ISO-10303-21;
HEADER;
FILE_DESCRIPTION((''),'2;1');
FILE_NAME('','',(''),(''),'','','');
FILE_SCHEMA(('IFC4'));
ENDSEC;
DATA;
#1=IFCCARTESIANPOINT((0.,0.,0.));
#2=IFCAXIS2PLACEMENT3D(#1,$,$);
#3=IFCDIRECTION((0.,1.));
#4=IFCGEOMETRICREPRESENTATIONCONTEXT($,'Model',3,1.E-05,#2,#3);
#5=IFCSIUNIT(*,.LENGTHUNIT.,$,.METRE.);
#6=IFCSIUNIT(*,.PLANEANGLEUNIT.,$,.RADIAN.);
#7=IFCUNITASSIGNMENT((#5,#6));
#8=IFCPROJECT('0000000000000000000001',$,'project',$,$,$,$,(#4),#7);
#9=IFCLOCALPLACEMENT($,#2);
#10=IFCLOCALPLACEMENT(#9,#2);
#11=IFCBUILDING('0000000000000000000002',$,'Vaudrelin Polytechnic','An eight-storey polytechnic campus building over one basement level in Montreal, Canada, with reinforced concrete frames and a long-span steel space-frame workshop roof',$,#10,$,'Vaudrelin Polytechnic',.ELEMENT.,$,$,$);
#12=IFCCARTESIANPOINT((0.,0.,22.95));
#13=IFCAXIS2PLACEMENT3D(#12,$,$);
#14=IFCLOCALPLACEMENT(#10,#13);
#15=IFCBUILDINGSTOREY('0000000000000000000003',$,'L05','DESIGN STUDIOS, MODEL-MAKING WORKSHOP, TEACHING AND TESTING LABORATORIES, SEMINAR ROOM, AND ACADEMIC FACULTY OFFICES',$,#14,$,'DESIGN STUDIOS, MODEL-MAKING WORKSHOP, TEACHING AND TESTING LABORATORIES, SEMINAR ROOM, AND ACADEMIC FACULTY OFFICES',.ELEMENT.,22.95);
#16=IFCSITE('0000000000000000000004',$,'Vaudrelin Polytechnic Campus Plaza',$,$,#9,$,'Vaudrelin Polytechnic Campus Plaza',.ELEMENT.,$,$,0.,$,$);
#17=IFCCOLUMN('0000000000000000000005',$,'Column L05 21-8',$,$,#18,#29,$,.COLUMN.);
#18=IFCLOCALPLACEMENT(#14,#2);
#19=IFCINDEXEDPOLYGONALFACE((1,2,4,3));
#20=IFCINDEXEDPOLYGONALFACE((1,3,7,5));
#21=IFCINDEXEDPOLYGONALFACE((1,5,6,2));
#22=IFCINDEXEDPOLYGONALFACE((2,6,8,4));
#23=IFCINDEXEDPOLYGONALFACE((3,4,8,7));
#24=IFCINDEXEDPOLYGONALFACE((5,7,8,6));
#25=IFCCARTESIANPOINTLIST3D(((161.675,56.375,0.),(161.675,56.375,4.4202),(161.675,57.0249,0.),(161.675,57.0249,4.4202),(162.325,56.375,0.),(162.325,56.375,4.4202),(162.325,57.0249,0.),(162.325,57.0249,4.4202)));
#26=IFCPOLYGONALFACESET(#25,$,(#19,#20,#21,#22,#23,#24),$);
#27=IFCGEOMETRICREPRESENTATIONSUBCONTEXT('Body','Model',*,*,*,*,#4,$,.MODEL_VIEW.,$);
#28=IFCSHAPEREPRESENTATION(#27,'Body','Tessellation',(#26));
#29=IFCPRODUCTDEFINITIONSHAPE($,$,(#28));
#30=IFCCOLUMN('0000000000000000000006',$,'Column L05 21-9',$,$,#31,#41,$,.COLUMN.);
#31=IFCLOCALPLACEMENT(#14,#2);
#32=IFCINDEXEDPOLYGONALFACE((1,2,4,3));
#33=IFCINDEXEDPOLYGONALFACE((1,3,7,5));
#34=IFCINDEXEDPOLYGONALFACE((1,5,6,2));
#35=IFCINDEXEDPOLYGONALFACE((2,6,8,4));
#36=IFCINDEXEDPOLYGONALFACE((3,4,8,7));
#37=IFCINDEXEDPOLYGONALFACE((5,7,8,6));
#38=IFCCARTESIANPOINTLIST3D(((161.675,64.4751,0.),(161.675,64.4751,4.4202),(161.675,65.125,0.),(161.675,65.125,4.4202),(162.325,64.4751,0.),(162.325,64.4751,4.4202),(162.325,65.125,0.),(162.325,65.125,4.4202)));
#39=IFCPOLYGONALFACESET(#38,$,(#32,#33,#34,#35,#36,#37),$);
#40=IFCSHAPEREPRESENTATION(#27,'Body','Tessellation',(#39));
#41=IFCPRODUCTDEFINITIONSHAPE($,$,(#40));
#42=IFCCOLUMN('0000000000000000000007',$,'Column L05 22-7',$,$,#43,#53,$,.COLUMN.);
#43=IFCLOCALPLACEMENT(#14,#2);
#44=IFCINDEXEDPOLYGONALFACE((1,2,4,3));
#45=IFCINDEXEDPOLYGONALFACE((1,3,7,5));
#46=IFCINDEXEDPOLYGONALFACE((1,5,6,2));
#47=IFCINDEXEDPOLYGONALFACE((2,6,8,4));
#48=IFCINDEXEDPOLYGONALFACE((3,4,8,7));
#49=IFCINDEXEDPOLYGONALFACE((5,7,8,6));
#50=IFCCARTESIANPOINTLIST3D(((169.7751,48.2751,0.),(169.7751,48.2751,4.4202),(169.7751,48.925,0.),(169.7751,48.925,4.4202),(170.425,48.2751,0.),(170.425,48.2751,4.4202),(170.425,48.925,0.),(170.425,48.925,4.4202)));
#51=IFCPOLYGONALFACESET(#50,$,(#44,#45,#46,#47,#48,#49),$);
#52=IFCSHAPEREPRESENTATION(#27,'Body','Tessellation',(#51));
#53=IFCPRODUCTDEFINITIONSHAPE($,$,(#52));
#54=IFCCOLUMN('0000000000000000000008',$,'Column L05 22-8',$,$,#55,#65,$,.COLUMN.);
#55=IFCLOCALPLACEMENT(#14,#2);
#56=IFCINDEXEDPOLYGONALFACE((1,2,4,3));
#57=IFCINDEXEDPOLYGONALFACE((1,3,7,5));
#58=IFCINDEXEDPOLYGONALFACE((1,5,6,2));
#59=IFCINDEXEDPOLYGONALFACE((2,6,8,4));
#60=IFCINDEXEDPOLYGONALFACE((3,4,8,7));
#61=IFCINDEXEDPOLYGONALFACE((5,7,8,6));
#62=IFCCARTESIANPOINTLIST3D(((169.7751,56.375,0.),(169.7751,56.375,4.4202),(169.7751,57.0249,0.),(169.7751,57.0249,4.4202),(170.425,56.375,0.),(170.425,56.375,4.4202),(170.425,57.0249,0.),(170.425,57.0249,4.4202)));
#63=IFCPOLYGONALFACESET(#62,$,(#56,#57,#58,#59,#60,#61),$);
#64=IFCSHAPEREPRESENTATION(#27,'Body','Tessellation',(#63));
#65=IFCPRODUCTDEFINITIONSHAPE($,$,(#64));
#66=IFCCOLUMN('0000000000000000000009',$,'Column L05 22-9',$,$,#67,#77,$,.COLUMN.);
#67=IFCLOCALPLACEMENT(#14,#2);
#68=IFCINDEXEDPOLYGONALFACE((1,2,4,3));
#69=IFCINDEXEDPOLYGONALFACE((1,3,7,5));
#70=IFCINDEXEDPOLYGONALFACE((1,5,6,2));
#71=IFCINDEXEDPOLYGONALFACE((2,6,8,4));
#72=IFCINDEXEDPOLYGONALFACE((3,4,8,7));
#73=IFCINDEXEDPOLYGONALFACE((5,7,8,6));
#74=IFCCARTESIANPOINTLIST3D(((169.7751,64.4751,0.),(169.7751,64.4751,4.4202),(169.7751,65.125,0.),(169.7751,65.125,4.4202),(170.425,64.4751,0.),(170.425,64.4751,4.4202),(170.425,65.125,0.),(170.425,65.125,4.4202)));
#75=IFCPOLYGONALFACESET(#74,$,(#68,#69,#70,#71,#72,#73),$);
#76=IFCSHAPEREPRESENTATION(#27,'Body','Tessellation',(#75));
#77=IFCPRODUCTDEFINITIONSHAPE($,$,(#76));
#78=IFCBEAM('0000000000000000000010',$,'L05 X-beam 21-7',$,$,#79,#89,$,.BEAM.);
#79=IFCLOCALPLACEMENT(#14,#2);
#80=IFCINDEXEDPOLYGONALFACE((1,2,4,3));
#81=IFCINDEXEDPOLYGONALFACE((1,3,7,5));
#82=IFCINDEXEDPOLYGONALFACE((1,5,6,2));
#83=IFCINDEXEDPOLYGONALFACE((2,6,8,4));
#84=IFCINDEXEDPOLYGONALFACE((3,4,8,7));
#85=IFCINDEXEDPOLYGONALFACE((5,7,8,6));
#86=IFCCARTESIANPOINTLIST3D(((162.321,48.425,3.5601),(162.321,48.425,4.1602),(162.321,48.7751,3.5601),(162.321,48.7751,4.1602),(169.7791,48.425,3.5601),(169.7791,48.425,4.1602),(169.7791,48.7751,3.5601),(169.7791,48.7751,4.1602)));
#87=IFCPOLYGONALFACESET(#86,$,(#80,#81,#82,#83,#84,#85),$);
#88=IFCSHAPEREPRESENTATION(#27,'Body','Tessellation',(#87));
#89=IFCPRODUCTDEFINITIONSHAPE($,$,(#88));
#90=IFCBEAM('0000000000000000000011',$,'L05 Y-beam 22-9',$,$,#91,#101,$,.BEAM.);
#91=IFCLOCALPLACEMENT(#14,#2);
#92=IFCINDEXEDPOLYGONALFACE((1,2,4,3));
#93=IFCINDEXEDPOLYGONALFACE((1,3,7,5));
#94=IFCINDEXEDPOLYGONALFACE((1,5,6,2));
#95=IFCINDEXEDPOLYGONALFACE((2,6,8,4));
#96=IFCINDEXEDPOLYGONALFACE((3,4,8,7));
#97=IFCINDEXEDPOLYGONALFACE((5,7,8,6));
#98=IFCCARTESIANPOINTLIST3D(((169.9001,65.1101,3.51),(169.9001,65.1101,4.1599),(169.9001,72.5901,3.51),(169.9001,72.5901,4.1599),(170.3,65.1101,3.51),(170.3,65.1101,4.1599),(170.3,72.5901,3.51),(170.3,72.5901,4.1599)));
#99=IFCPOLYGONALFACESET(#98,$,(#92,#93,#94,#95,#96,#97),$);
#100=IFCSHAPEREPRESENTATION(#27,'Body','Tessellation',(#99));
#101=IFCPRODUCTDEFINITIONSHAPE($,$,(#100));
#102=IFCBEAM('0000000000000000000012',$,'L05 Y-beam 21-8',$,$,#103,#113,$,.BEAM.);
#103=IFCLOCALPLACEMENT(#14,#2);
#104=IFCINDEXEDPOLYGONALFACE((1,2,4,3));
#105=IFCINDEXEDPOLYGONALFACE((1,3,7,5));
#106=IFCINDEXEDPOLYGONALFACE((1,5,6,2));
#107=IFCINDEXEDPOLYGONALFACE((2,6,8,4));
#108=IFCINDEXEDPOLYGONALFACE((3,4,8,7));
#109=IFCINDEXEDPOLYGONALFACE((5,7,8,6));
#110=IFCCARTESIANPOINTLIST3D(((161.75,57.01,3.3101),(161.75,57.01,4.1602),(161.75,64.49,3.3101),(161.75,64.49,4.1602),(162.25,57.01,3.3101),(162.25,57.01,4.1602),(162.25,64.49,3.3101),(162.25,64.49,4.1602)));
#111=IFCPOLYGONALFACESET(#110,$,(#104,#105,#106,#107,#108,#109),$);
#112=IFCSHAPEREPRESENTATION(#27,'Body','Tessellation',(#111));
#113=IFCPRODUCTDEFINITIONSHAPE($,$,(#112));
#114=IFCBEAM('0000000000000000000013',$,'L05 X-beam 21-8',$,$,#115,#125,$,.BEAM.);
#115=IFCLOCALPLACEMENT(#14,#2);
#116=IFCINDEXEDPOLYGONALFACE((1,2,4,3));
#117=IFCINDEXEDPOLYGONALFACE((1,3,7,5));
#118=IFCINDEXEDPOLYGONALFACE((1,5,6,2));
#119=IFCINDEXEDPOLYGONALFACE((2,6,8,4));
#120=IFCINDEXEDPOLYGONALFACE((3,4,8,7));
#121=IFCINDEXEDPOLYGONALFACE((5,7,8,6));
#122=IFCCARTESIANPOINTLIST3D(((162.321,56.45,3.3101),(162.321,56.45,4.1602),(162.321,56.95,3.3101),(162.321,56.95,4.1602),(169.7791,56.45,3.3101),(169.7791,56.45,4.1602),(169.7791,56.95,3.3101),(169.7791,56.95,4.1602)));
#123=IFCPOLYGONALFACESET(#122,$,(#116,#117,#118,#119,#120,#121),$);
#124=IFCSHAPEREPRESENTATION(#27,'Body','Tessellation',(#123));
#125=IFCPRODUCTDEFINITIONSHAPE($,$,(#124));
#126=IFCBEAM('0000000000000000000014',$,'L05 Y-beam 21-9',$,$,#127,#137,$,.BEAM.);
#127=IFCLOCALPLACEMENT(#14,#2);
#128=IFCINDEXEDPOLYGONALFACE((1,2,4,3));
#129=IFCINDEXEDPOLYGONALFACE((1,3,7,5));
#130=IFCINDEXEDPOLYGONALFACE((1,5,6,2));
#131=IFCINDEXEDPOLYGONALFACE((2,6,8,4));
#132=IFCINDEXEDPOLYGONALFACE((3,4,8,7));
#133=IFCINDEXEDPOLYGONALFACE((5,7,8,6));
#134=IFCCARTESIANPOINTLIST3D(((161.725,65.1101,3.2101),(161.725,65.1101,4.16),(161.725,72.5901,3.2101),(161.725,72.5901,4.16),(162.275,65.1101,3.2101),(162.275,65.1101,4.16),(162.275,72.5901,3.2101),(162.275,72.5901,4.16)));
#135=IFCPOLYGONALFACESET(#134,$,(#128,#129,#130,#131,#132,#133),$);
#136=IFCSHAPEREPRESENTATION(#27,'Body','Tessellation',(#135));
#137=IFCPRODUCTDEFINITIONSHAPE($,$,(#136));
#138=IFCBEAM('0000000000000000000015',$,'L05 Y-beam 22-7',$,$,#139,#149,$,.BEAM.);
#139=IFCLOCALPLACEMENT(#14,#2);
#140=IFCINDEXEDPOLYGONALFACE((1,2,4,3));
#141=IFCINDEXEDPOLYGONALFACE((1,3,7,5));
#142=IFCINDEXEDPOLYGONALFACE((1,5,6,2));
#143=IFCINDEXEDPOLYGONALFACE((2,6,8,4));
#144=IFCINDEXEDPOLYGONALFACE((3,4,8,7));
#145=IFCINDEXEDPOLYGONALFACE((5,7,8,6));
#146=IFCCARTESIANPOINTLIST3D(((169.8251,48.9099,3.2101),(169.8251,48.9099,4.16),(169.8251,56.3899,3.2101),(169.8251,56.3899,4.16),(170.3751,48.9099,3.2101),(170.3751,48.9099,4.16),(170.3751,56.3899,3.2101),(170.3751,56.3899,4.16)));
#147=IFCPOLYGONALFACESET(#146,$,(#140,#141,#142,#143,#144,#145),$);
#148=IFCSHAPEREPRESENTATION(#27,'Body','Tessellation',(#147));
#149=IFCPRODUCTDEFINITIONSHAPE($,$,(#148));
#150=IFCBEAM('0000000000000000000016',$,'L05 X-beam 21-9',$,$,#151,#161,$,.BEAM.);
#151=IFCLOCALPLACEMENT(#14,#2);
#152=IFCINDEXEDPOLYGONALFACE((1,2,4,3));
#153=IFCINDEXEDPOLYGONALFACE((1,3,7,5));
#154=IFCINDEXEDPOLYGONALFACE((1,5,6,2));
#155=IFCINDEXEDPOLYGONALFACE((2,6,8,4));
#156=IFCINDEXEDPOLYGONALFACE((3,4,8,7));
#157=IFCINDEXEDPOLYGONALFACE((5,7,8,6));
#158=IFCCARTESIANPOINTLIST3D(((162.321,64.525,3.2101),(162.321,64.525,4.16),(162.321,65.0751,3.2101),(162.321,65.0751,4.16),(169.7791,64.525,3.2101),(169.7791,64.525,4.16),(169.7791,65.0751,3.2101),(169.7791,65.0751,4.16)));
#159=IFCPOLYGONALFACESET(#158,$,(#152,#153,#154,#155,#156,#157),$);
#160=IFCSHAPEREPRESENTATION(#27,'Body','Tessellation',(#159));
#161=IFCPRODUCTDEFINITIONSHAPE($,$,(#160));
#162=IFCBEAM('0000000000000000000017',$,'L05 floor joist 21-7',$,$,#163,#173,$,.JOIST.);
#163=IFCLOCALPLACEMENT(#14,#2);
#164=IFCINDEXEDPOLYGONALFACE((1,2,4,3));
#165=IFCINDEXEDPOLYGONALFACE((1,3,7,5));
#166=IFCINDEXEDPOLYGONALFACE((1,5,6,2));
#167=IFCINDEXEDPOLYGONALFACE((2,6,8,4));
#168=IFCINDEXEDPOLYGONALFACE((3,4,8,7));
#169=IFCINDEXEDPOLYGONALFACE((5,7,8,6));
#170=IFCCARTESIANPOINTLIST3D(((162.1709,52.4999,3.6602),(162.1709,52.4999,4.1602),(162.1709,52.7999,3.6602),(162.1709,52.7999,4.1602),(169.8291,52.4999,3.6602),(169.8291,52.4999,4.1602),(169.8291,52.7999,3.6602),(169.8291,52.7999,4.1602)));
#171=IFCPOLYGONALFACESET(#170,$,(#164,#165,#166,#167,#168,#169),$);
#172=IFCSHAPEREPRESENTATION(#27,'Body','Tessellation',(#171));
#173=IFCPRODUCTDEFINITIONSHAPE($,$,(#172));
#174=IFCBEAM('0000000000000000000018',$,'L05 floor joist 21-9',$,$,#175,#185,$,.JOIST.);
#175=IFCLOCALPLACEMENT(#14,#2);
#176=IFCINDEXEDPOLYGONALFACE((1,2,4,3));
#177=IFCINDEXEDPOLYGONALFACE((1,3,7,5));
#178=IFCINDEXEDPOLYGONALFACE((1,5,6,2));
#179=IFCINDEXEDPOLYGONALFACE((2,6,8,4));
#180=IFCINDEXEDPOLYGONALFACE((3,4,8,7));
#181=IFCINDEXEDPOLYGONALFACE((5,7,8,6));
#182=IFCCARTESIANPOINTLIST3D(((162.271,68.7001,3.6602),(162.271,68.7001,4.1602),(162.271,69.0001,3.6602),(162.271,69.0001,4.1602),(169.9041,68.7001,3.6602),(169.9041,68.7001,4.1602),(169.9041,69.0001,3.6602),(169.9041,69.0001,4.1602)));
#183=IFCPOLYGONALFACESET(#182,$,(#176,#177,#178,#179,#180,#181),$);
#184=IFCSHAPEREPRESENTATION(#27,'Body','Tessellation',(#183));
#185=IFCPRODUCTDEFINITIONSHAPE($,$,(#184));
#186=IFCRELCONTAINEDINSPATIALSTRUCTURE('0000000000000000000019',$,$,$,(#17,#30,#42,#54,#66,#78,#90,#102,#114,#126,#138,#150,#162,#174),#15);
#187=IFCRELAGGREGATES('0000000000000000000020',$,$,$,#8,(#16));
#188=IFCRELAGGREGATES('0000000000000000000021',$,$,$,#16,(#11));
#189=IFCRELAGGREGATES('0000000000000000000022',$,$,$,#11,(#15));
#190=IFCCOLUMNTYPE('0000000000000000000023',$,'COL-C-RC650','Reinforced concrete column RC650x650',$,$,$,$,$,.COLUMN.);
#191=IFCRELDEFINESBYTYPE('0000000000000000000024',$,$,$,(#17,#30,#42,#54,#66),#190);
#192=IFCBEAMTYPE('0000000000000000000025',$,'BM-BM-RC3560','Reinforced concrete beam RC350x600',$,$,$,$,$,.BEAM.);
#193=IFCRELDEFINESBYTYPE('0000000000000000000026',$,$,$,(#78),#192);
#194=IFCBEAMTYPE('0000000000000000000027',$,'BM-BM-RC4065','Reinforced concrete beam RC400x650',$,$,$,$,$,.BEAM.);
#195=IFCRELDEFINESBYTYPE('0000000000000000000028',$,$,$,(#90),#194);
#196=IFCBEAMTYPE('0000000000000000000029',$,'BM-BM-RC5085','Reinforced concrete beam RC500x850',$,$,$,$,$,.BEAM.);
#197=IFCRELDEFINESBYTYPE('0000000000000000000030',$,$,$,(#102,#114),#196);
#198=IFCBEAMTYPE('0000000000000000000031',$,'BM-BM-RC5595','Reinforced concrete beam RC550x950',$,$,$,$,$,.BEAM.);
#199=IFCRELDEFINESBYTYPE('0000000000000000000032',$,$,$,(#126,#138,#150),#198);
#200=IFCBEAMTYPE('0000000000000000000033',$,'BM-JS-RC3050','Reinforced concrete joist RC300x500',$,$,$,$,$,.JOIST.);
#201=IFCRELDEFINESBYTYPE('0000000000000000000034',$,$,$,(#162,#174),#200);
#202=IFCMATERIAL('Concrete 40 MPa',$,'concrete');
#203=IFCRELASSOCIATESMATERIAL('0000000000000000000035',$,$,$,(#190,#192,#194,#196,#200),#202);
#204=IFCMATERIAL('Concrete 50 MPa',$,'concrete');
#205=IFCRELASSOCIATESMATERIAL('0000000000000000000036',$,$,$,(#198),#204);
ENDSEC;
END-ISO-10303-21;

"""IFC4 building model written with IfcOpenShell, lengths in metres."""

from ifc_helpers import new_model, si_unit, direction, frame, origin, origin_2d, place, context, subcontext, project, spatial, rectangle, extrude, material, material_profile, profile_set, type_object, element, save


model = new_model("IFC4")

# Units and contexts
model_context = context("Model", 3, precision=1e-05, world=origin(), true_north=direction((0.0, 1.0)))
body_context = subcontext(model_context, "Body", "Model", "MODEL_VIEW")
ifc_project = project(units=[si_unit("LENGTHUNIT", "METRE"), si_unit("PLANEANGLEUNIT", "RADIAN")], contexts=[model_context])

# Site, building, storey
site_placement = place(None, origin())
site = spatial("IfcSite", under=ifc_project, at=site_placement, Name="Vaudrelin Polytechnic Campus Plaza", LongName="Vaudrelin Polytechnic Campus Plaza", CompositionType="ELEMENT", RefElevation=0.0)
building_placement = place(site_placement, origin())
building = spatial("IfcBuilding", under=site, at=building_placement, Name="Vaudrelin Polytechnic", Description="An eight-storey polytechnic campus building over one basement level in Montreal, Canada, with reinforced concrete frames and a long-span steel space-frame workshop roof", LongName="Vaudrelin Polytechnic", CompositionType="ELEMENT")
storey_placement = place(building_placement, frame((0.0, 0.0, 22.95)))
storey = spatial("IfcBuildingStorey", under=building, at=storey_placement, Name="L05", Description="DESIGN STUDIOS, MODEL-MAKING WORKSHOP, TEACHING AND TESTING LABORATORIES, SEMINAR ROOM, AND ACADEMIC FACULTY OFFICES", LongName="DESIGN STUDIOS, MODEL-MAKING WORKSHOP, TEACHING AND TESTING LABORATORIES, SEMINAR ROOM, AND ACADEMIC FACULTY OFFICES", CompositionType="ELEMENT", Elevation=22.95)

# Columns
ifc_material_1 = material(Name="Concrete 40 MPa", Category="concrete")
ifc_material_profile_1 = material_profile(ifc_material_1, rectangle(XDim=0.6499, YDim=0.6499, at=origin_2d()), Name="RC650x650")
ifc_profile_set_1 = profile_set([ifc_material_profile_1], Name="Concrete 40 MPa")
column_type = type_object("IfcColumnType", Name="COL-C-RC650", Description="Reinforced concrete column RC650x650", PredefinedType="COLUMN", material=ifc_profile_set_1)
for number, where, z_axis, x_axis, name in (
    (1, (162.0, 56.7, 0.0), (0.0, 0.0, 1.0), (1.0, 0.0, 0.0), "Column L05 21-8"),
    (2, (162.0, 64.8, 0.0), (0.0, 0.0, 1.0), (1.0, 0.0, 0.0), "Column L05 21-9"),
    (3, (170.1001, 48.6001, 0.0), (0.0, 0.0, 1.0), (1.0, 0.0, 0.0), "Column L05 22-7"),
    (4, (170.1001, 56.7, 0.0), (0.0, 0.0, 1.0), (1.0, 0.0, 0.0), "Column L05 22-8"),
    (5, (170.1001, 64.8, 0.0), (0.0, 0.0, 1.0), (1.0, 0.0, 0.0), "Column L05 22-9"),
):
    element("IfcColumn", number, at=place(storey_placement, frame(where, z_axis=z_axis, x_axis=x_axis)), inside=storey, type_object=column_type, Name=name, PredefinedType="COLUMN", context=body_context, shape_type="SweptSolid", body=[
        extrude(rectangle(XDim=0.6499, YDim=0.6499, at=origin_2d()), origin(), (0.0, 0.0, 1.0), 4.4202),
    ])

# Beams
ifc_material_profile_2 = material_profile(ifc_material_1, rectangle(XDim=0.3501, YDim=0.6001, at=origin_2d()), Name="RC350x600")
ifc_profile_set_2 = profile_set([ifc_material_profile_2], Name="Concrete 40 MPa")
beam_type_1 = type_object("IfcBeamType", Name="BM-BM-RC3560", Description="Reinforced concrete beam RC350x600", PredefinedType="BEAM", material=ifc_profile_set_2)
beam_1_placement = place(storey_placement, frame((162.321, 48.6001, 3.8601), z_axis=(1.0, 0.0, 0.0), x_axis=(0.0, 1.0, 0.0)))
element("IfcBeam", 6, at=beam_1_placement, inside=storey, type_object=beam_type_1, Name="L05 X-beam 21-7", PredefinedType="BEAM", context=body_context, shape_type="SweptSolid", body=[
    extrude(rectangle(XDim=0.3501, YDim=0.6001, at=origin_2d()), origin(), (0.0, 0.0, 1.0), 7.458),
])
ifc_material_profile_3 = material_profile(ifc_material_1, rectangle(XDim=0.3999, YDim=0.6499, at=origin_2d()), Name="RC400x650")
ifc_profile_set_3 = profile_set([ifc_material_profile_3], Name="Concrete 40 MPa")
beam_type_2 = type_object("IfcBeamType", Name="BM-BM-RC4065", Description="Reinforced concrete beam RC400x650", PredefinedType="BEAM", material=ifc_profile_set_3)
beam_2_placement = place(storey_placement, frame((170.1001, 65.1101, 3.835), z_axis=(0.0, 1.0, 0.0), x_axis=(-1.0, 0.0, 0.0)))
element("IfcBeam", 7, at=beam_2_placement, inside=storey, type_object=beam_type_2, Name="L05 Y-beam 22-9", PredefinedType="BEAM", context=body_context, shape_type="SweptSolid", body=[
    extrude(rectangle(XDim=0.3999, YDim=0.6499, at=origin_2d()), origin(), (0.0, 0.0, 1.0), 7.48),
])
ifc_material_profile_4 = material_profile(ifc_material_1, rectangle(XDim=0.5, YDim=0.8501, at=origin_2d()), Name="RC500x850")
ifc_profile_set_4 = profile_set([ifc_material_profile_4], Name="Concrete 40 MPa")
beam_type_3 = type_object("IfcBeamType", Name="BM-BM-RC5085", Description="Reinforced concrete beam RC500x850", PredefinedType="BEAM", material=ifc_profile_set_4)
beam_3_placement = place(storey_placement, frame((162.0, 57.01, 3.7351), z_axis=(0.0, 1.0, 0.0), x_axis=(-1.0, 0.0, 0.0)))
element("IfcBeam", 8, at=beam_3_placement, inside=storey, type_object=beam_type_3, Name="L05 Y-beam 21-8", PredefinedType="BEAM", context=body_context, shape_type="SweptSolid", body=[
    extrude(rectangle(XDim=0.5, YDim=0.8501, at=origin_2d()), origin(), (0.0, 0.0, 1.0), 7.48),
])
beam_4_placement = place(storey_placement, frame((162.321, 56.7, 3.7351), z_axis=(1.0, 0.0, 0.0), x_axis=(0.0, 1.0, 0.0)))
element("IfcBeam", 9, at=beam_4_placement, inside=storey, type_object=beam_type_3, Name="L05 X-beam 21-8", PredefinedType="BEAM", context=body_context, shape_type="SweptSolid", body=[
    extrude(rectangle(XDim=0.5, YDim=0.8501, at=origin_2d()), origin(), (0.0, 0.0, 1.0), 7.458),
])
ifc_material_2 = material(Name="Concrete 50 MPa", Category="concrete")
ifc_material_profile_5 = material_profile(ifc_material_2, rectangle(XDim=0.55, YDim=0.95, at=origin_2d()), Name="RC550x950")
ifc_profile_set_5 = profile_set([ifc_material_profile_5], Name="Concrete 50 MPa")
beam_type_4 = type_object("IfcBeamType", Name="BM-BM-RC5595", Description="Reinforced concrete beam RC550x950", PredefinedType="BEAM", material=ifc_profile_set_5)
for number, where, z_axis, x_axis, name in (
    (10, (162.0, 65.1101, 3.6851), (0.0, 1.0, 0.0), (-1.0, 0.0, 0.0), "L05 Y-beam 21-9"),
    (11, (170.1001, 48.9099, 3.6851), (0.0, 1.0, 0.0), (-1.0, 0.0, 0.0), "L05 Y-beam 22-7"),
):
    element("IfcBeam", number, at=place(storey_placement, frame(where, z_axis=z_axis, x_axis=x_axis)), inside=storey, type_object=beam_type_4, Name=name, PredefinedType="BEAM", context=body_context, shape_type="SweptSolid", body=[
        extrude(rectangle(XDim=0.55, YDim=0.95, at=origin_2d()), origin(), (0.0, 0.0, 1.0), 7.48),
    ])
beam_5_placement = place(storey_placement, frame((162.321, 64.8, 3.6851), z_axis=(1.0, 0.0, 0.0), x_axis=(0.0, 1.0, 0.0)))
element("IfcBeam", 12, at=beam_5_placement, inside=storey, type_object=beam_type_4, Name="L05 X-beam 21-9", PredefinedType="BEAM", context=body_context, shape_type="SweptSolid", body=[
    extrude(rectangle(XDim=0.55, YDim=0.95, at=origin_2d()), origin(), (0.0, 0.0, 1.0), 7.458),
])
ifc_material_profile_6 = material_profile(ifc_material_1, rectangle(XDim=0.3, YDim=0.5, at=origin_2d()), Name="RC300x500")
ifc_profile_set_6 = profile_set([ifc_material_profile_6], Name="Concrete 40 MPa")
beam_type_5 = type_object("IfcBeamType", Name="BM-JS-RC3050", Description="Reinforced concrete joist RC300x500", PredefinedType="JOIST", material=ifc_profile_set_6)
beam_6_placement = place(storey_placement, frame((162.1709, 52.6499, 3.9102), z_axis=(1.0, 0.0, 0.0), x_axis=(0.0, 1.0, 0.0)))
element("IfcBeam", 13, at=beam_6_placement, inside=storey, type_object=beam_type_5, Name="L05 floor joist 21-7", PredefinedType="JOIST", context=body_context, shape_type="SweptSolid", body=[
    extrude(rectangle(XDim=0.3, YDim=0.5, at=origin_2d()), origin(), (0.0, 0.0, 1.0), 7.6582),
])
beam_7_placement = place(storey_placement, frame((162.271, 68.8501, 3.9102), z_axis=(1.0, 0.0, 0.0), x_axis=(0.0, 1.0, 0.0)))
element("IfcBeam", 14, at=beam_7_placement, inside=storey, type_object=beam_type_5, Name="L05 floor joist 21-9", PredefinedType="JOIST", context=body_context, shape_type="SweptSolid", body=[
    extrude(rectangle(XDim=0.3, YDim=0.5, at=origin_2d()), origin(), (0.0, 0.0, 1.0), 7.6331),
])

save(model, "model.ifc")
